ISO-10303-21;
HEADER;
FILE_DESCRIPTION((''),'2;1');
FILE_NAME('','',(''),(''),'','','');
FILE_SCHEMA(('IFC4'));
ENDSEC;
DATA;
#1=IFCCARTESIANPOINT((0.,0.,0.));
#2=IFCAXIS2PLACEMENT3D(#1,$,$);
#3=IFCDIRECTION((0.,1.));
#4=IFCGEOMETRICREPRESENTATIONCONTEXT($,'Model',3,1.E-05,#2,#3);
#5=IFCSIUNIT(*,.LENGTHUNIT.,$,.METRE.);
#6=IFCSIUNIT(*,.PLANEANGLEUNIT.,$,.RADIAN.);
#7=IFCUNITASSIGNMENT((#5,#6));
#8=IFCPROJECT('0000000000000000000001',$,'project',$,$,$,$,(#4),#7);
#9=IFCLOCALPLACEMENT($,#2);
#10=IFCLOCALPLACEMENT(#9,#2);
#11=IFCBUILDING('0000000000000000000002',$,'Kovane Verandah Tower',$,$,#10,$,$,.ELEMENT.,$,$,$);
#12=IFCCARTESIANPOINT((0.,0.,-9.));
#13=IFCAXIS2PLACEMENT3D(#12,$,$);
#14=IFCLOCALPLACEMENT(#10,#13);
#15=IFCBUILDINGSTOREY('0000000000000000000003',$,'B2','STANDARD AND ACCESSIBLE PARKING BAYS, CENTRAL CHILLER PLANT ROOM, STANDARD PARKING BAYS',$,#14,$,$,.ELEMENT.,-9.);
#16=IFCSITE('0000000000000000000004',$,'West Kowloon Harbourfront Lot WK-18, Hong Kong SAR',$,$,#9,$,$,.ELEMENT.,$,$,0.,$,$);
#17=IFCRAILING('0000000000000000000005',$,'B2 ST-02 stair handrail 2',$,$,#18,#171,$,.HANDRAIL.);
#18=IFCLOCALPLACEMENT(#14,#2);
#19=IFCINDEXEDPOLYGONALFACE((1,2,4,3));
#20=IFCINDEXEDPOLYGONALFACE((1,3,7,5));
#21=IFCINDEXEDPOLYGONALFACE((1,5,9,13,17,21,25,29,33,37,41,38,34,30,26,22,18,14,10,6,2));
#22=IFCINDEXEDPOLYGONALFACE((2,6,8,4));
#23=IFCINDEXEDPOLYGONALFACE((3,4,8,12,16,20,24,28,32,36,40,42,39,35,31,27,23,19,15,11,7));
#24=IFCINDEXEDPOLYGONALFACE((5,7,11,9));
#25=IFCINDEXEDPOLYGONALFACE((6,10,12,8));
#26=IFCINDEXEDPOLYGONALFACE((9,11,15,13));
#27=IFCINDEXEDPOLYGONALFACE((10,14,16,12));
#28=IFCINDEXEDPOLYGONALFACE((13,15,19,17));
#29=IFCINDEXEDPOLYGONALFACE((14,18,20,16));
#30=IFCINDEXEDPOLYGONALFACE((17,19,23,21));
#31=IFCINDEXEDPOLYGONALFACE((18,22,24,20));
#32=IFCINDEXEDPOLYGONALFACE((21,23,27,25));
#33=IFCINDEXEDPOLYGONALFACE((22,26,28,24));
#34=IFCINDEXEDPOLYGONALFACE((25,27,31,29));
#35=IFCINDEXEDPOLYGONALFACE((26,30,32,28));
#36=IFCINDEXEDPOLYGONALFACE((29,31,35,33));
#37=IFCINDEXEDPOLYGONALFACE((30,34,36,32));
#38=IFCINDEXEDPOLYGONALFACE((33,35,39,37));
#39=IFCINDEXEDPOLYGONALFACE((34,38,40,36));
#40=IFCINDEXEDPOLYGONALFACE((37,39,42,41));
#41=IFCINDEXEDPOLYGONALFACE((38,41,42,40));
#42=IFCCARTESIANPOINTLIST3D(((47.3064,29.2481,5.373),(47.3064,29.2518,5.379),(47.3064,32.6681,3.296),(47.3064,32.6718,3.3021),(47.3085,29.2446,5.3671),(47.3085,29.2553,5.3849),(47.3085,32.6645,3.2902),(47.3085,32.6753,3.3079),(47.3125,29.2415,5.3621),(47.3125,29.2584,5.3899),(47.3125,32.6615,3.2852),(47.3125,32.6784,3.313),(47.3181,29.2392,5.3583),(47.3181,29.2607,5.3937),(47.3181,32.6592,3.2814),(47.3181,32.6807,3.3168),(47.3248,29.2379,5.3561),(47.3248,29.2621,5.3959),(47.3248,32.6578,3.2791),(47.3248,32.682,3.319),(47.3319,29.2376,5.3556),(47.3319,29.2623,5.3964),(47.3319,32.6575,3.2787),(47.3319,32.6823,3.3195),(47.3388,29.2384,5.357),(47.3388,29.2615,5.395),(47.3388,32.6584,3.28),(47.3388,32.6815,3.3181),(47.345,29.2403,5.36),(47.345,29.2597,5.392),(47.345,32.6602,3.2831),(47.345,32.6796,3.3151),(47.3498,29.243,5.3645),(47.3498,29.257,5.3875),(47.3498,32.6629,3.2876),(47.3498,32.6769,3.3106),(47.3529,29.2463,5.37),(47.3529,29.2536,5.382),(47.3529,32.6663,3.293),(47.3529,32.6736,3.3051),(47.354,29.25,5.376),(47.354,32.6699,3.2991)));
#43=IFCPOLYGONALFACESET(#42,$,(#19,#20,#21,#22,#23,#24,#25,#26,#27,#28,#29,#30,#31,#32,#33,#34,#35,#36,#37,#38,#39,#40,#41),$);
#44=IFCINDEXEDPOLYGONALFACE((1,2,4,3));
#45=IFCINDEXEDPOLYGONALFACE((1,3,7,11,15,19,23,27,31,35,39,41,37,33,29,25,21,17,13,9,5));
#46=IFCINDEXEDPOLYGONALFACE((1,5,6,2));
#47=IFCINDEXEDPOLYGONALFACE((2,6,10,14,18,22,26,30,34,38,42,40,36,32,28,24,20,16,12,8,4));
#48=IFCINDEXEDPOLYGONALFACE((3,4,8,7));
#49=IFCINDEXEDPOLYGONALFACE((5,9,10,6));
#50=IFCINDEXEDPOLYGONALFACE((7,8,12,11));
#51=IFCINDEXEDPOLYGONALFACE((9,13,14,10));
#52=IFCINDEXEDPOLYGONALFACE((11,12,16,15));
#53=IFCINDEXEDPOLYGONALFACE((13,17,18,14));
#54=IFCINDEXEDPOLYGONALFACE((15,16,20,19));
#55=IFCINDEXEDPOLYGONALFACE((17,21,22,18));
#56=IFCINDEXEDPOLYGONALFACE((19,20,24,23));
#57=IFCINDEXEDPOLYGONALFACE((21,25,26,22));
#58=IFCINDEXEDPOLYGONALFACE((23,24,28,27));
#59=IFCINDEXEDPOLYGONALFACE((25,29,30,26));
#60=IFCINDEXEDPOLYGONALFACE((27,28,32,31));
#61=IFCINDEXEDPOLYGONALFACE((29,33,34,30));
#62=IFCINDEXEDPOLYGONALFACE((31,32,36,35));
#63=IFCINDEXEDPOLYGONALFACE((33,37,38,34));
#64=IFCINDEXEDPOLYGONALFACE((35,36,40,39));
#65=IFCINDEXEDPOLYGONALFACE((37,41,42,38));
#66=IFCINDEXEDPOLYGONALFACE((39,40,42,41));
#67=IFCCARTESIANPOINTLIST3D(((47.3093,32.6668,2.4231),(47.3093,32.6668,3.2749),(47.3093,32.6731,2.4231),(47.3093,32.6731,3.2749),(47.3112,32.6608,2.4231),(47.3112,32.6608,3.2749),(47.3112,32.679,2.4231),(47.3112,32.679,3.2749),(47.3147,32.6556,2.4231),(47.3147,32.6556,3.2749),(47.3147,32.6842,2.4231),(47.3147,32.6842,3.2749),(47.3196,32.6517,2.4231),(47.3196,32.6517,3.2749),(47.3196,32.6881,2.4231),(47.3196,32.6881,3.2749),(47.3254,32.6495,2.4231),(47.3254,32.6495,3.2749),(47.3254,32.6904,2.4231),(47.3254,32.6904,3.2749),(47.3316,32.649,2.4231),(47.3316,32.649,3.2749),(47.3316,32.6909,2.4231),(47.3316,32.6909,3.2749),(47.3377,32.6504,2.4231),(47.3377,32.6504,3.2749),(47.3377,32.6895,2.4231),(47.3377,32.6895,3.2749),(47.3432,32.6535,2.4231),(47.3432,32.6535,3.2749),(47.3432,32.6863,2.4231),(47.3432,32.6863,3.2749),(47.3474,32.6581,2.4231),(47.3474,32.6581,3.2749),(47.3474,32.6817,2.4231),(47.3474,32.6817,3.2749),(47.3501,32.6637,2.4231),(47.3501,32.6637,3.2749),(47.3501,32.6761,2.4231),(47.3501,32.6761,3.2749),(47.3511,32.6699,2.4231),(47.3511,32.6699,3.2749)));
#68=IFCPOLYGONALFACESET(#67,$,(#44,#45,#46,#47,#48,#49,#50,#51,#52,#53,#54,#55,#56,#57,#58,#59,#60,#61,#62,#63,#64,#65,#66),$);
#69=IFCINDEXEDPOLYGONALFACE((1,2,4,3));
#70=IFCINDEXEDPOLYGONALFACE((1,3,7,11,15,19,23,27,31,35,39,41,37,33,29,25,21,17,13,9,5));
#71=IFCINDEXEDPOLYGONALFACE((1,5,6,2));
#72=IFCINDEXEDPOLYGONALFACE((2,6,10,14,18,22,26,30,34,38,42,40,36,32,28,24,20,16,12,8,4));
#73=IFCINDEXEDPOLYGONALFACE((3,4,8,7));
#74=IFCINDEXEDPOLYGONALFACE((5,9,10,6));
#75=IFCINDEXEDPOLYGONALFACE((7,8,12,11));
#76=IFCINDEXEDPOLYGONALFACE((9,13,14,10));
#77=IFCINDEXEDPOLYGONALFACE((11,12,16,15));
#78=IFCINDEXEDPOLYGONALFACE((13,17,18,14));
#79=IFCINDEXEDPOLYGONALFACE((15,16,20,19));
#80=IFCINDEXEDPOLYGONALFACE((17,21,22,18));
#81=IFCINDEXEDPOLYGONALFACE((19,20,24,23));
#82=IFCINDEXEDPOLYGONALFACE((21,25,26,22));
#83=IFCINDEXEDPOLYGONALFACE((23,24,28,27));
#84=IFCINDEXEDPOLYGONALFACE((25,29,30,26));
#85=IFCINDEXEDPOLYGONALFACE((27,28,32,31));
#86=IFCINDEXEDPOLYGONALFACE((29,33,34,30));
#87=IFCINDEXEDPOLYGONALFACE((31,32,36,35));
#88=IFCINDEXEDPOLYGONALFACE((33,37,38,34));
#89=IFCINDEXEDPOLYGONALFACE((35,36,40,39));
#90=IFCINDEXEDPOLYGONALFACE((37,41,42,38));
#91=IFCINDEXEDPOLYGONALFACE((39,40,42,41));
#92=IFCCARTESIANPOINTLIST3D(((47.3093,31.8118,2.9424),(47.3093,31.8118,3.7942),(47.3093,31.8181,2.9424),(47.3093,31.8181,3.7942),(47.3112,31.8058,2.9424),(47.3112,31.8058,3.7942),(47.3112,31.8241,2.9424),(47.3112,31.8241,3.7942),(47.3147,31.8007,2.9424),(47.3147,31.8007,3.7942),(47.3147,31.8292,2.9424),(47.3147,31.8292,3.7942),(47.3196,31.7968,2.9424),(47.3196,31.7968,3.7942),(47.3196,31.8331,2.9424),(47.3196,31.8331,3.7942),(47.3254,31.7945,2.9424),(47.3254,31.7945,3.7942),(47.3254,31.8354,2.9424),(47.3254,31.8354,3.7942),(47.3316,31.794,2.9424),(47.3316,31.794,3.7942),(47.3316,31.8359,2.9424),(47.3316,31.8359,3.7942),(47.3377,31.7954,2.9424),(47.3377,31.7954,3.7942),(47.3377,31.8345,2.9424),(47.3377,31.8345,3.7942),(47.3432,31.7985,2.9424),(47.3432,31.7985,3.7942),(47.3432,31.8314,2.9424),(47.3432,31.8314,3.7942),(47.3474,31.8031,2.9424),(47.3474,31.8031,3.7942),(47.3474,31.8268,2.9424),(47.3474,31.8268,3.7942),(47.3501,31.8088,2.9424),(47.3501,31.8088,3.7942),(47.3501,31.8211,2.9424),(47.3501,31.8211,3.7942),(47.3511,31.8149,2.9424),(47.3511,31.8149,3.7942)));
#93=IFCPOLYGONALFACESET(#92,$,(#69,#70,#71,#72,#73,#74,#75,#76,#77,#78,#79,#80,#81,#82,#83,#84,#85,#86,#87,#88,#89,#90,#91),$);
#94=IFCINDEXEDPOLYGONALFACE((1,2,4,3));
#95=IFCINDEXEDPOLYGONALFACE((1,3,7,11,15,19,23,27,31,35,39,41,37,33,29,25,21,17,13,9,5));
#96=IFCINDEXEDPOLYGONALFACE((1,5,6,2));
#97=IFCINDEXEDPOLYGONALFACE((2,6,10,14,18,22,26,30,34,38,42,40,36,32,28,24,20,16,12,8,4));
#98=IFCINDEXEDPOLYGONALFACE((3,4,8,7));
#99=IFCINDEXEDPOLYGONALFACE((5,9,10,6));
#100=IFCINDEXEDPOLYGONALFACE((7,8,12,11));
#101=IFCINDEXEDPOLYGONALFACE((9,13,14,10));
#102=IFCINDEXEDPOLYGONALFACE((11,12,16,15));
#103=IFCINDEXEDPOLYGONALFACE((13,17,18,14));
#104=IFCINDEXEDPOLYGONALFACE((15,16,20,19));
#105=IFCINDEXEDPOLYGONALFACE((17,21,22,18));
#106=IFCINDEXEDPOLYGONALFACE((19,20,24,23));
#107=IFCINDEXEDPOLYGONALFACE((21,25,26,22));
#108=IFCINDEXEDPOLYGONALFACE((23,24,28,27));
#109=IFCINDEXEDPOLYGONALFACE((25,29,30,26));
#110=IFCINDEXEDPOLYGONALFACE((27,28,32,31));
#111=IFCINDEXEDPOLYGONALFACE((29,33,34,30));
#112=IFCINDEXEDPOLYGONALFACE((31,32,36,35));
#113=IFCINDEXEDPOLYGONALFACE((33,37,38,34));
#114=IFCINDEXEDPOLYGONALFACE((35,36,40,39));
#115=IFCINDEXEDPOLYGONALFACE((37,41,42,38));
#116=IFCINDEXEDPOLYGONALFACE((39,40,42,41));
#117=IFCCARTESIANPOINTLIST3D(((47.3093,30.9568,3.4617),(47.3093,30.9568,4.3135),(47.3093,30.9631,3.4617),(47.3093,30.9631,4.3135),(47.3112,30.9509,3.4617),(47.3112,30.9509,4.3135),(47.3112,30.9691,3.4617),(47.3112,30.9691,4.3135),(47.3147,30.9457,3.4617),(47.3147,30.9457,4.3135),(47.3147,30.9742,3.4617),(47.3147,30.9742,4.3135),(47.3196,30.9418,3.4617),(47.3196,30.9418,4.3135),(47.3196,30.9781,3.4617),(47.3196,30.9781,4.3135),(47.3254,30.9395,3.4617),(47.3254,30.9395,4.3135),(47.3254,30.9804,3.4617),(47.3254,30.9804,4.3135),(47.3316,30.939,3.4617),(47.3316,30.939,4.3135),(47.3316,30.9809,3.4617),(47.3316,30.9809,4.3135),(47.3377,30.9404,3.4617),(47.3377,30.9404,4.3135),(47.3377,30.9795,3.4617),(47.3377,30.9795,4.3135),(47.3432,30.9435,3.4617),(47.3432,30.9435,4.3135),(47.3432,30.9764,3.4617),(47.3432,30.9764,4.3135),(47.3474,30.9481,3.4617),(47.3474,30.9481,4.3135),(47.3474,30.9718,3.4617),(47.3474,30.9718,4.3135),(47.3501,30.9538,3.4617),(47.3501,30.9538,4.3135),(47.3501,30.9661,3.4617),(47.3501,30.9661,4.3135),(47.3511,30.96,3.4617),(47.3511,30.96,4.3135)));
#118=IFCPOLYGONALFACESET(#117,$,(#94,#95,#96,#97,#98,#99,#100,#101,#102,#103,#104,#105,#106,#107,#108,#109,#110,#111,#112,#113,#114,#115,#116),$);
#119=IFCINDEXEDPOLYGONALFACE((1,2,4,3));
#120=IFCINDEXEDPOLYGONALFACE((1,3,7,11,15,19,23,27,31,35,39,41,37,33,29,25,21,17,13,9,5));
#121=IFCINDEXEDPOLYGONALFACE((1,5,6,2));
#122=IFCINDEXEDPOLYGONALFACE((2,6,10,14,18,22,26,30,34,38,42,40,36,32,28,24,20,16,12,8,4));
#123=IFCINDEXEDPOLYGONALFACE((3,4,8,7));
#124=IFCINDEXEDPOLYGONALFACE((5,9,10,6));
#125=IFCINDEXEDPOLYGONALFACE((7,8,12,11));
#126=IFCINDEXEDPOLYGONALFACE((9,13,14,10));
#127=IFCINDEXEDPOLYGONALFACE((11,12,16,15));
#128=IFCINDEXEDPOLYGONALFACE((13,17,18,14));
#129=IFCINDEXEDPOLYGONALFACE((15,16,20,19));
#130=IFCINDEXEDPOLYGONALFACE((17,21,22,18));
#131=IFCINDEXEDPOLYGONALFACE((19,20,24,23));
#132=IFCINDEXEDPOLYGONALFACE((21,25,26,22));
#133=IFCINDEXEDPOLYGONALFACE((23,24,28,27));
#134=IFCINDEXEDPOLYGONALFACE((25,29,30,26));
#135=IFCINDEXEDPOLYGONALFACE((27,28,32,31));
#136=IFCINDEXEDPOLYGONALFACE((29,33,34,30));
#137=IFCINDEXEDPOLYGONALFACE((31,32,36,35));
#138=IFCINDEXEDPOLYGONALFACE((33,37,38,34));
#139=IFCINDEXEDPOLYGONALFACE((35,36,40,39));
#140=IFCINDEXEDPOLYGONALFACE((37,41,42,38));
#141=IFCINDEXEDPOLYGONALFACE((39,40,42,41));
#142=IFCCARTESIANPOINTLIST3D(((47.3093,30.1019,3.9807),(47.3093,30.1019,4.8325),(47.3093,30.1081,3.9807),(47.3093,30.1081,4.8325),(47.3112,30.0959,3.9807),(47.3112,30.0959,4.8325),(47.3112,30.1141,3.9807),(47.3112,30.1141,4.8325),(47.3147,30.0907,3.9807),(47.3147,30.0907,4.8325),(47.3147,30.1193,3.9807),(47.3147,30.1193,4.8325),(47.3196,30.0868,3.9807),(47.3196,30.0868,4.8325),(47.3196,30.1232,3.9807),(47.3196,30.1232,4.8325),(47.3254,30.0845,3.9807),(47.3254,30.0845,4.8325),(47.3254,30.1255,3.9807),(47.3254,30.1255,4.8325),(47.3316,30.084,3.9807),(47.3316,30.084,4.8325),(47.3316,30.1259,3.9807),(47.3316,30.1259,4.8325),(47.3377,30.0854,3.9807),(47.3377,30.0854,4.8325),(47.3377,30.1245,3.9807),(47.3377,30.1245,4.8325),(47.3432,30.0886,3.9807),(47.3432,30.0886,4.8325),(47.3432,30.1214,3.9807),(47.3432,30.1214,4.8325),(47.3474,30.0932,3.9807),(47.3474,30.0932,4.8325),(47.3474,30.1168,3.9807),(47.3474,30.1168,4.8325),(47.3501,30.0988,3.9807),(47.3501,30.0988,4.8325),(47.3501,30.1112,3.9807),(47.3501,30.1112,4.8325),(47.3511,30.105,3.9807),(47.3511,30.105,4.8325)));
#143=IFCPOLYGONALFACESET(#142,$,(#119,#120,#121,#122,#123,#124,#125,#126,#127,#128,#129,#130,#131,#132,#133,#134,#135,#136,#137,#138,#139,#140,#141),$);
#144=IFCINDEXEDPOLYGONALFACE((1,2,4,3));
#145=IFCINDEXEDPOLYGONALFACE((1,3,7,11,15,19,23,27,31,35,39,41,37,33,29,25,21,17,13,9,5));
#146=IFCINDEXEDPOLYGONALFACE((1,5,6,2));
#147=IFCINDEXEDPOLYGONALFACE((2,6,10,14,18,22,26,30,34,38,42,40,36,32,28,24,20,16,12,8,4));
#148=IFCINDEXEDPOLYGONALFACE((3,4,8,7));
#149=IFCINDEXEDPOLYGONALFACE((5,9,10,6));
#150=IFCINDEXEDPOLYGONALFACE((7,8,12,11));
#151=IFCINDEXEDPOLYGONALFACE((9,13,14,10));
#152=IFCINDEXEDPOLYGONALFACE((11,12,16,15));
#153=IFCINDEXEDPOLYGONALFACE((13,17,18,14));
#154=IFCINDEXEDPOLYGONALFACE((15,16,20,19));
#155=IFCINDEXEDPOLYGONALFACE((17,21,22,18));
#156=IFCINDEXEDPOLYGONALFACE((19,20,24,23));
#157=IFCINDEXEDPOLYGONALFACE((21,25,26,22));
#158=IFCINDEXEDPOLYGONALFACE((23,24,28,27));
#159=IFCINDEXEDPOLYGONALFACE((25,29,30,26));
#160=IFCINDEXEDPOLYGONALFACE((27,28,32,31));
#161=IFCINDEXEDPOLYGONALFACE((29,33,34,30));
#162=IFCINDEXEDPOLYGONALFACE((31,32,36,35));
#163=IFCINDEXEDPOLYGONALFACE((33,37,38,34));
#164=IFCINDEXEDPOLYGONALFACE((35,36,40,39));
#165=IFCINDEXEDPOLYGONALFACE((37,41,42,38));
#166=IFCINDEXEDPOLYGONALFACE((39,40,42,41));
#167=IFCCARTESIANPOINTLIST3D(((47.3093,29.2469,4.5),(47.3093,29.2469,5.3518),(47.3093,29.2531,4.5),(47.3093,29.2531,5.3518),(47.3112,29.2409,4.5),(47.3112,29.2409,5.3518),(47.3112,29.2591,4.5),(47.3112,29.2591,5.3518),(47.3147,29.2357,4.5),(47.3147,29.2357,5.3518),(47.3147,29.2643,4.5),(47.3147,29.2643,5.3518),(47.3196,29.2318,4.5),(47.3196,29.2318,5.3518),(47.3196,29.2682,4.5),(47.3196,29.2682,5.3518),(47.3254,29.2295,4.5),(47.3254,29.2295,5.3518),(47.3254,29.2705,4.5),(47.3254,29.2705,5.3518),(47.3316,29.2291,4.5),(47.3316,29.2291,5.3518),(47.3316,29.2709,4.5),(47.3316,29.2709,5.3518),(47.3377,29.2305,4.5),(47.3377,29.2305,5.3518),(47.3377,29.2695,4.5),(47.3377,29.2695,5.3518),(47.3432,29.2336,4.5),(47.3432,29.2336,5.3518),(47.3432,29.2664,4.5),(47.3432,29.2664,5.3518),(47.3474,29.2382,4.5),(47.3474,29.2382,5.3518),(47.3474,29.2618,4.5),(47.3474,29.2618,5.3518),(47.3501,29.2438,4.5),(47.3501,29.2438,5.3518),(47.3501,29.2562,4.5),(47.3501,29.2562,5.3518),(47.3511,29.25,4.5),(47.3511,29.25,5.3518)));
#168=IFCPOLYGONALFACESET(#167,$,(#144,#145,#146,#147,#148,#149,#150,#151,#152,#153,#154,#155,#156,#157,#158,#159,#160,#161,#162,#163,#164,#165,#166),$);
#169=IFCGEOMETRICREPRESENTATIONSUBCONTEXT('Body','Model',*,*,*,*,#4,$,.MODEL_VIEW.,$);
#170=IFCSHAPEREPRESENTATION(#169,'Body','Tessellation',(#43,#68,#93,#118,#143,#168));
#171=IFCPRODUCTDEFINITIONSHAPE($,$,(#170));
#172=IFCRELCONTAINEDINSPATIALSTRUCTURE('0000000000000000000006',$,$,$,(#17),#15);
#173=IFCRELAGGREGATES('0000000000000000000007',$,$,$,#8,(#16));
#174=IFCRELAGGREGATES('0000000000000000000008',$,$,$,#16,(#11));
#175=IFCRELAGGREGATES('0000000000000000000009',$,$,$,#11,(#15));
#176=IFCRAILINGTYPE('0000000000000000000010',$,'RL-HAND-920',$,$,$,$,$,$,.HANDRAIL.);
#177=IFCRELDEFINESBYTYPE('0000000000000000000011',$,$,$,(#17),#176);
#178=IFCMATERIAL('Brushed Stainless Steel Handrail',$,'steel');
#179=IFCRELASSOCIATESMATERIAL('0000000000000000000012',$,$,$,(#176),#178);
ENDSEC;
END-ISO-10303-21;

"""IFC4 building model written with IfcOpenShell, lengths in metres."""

from ifc_helpers import new_model, si_unit, direction, frame, origin, origin_2d, place, context, subcontext, project, spatial, circle, extrude, material, type_object, element, save


model = new_model("IFC4")

# Units and contexts
model_context = context("Model", 3, precision=1e-05, world=origin(), true_north=direction((0.0, 1.0)))
body_context = subcontext(model_context, "Body", "Model", "MODEL_VIEW")
ifc_project = project(units=[si_unit("LENGTHUNIT", "METRE"), si_unit("PLANEANGLEUNIT", "RADIAN")], contexts=[model_context])

# Site, building, storey
site_placement = place(None, origin())
site = spatial("IfcSite", under=ifc_project, at=site_placement, Name="West Kowloon Harbourfront Lot WK-18, Hong Kong SAR", CompositionType="ELEMENT", RefElevation=0.0)
building_placement = place(site_placement, origin())
building = spatial("IfcBuilding", under=site, at=building_placement, Name="Kovane Verandah Tower", CompositionType="ELEMENT")
storey_placement = place(building_placement, frame((0.0, 0.0, -9.0)))
storey = spatial("IfcBuildingStorey", under=building, at=storey_placement, Name="B2", Description="STANDARD AND ACCESSIBLE PARKING BAYS, CENTRAL CHILLER PLANT ROOM, STANDARD PARKING BAYS", CompositionType="ELEMENT", Elevation=-9.0)

# Railing
ifc_material_1 = material(Name="Brushed Stainless Steel Handrail", Category="steel")
railing_type_1 = type_object("IfcRailingType", Name="RL-HAND-920", PredefinedType="HANDRAIL", material=ifc_material_1)
railing_1_placement = place(storey_placement, frame((47.3301, 32.6699, 2.4231)))
element("IfcRailing", 1, at=railing_1_placement, inside=storey, type_object=railing_type_1, Name="B2 ST-02 stair handrail 2", PredefinedType="HANDRAIL", context=body_context, shape_type="SweptSolid", body=[
    extrude(circle(Radius=0.0239, at=origin_2d()), frame((0.0, 0.0, 0.876), z_axis=(0.0, -0.85473, 0.519074), x_axis=(1.0, 0.0, 0.0)), (0.0, 0.0, 1.0), 4.0012),
    extrude(circle(Radius=0.021, at=origin_2d()), origin(), (0.0, 0.0, 1.0), 0.8518),
    extrude(circle(Radius=0.021, at=origin_2d()), frame((0.0, -0.855, 0.5193)), (0.0, 0.0, 1.0), 0.8518),
    extrude(circle(Radius=0.021, at=origin_2d()), frame((0.0, -1.71, 1.0386)), (0.0, 0.0, 1.0), 0.8518),
    extrude(circle(Radius=0.021, at=origin_2d()), frame((0.0, -2.5649, 1.5576)), (0.0, 0.0, 1.0), 0.8518),
    extrude(circle(Radius=0.021, at=origin_2d()), frame((0.0, -3.4199, 2.0769)), (0.0, 0.0, 1.0), 0.8518),
])

save(model, "model.ifc")
